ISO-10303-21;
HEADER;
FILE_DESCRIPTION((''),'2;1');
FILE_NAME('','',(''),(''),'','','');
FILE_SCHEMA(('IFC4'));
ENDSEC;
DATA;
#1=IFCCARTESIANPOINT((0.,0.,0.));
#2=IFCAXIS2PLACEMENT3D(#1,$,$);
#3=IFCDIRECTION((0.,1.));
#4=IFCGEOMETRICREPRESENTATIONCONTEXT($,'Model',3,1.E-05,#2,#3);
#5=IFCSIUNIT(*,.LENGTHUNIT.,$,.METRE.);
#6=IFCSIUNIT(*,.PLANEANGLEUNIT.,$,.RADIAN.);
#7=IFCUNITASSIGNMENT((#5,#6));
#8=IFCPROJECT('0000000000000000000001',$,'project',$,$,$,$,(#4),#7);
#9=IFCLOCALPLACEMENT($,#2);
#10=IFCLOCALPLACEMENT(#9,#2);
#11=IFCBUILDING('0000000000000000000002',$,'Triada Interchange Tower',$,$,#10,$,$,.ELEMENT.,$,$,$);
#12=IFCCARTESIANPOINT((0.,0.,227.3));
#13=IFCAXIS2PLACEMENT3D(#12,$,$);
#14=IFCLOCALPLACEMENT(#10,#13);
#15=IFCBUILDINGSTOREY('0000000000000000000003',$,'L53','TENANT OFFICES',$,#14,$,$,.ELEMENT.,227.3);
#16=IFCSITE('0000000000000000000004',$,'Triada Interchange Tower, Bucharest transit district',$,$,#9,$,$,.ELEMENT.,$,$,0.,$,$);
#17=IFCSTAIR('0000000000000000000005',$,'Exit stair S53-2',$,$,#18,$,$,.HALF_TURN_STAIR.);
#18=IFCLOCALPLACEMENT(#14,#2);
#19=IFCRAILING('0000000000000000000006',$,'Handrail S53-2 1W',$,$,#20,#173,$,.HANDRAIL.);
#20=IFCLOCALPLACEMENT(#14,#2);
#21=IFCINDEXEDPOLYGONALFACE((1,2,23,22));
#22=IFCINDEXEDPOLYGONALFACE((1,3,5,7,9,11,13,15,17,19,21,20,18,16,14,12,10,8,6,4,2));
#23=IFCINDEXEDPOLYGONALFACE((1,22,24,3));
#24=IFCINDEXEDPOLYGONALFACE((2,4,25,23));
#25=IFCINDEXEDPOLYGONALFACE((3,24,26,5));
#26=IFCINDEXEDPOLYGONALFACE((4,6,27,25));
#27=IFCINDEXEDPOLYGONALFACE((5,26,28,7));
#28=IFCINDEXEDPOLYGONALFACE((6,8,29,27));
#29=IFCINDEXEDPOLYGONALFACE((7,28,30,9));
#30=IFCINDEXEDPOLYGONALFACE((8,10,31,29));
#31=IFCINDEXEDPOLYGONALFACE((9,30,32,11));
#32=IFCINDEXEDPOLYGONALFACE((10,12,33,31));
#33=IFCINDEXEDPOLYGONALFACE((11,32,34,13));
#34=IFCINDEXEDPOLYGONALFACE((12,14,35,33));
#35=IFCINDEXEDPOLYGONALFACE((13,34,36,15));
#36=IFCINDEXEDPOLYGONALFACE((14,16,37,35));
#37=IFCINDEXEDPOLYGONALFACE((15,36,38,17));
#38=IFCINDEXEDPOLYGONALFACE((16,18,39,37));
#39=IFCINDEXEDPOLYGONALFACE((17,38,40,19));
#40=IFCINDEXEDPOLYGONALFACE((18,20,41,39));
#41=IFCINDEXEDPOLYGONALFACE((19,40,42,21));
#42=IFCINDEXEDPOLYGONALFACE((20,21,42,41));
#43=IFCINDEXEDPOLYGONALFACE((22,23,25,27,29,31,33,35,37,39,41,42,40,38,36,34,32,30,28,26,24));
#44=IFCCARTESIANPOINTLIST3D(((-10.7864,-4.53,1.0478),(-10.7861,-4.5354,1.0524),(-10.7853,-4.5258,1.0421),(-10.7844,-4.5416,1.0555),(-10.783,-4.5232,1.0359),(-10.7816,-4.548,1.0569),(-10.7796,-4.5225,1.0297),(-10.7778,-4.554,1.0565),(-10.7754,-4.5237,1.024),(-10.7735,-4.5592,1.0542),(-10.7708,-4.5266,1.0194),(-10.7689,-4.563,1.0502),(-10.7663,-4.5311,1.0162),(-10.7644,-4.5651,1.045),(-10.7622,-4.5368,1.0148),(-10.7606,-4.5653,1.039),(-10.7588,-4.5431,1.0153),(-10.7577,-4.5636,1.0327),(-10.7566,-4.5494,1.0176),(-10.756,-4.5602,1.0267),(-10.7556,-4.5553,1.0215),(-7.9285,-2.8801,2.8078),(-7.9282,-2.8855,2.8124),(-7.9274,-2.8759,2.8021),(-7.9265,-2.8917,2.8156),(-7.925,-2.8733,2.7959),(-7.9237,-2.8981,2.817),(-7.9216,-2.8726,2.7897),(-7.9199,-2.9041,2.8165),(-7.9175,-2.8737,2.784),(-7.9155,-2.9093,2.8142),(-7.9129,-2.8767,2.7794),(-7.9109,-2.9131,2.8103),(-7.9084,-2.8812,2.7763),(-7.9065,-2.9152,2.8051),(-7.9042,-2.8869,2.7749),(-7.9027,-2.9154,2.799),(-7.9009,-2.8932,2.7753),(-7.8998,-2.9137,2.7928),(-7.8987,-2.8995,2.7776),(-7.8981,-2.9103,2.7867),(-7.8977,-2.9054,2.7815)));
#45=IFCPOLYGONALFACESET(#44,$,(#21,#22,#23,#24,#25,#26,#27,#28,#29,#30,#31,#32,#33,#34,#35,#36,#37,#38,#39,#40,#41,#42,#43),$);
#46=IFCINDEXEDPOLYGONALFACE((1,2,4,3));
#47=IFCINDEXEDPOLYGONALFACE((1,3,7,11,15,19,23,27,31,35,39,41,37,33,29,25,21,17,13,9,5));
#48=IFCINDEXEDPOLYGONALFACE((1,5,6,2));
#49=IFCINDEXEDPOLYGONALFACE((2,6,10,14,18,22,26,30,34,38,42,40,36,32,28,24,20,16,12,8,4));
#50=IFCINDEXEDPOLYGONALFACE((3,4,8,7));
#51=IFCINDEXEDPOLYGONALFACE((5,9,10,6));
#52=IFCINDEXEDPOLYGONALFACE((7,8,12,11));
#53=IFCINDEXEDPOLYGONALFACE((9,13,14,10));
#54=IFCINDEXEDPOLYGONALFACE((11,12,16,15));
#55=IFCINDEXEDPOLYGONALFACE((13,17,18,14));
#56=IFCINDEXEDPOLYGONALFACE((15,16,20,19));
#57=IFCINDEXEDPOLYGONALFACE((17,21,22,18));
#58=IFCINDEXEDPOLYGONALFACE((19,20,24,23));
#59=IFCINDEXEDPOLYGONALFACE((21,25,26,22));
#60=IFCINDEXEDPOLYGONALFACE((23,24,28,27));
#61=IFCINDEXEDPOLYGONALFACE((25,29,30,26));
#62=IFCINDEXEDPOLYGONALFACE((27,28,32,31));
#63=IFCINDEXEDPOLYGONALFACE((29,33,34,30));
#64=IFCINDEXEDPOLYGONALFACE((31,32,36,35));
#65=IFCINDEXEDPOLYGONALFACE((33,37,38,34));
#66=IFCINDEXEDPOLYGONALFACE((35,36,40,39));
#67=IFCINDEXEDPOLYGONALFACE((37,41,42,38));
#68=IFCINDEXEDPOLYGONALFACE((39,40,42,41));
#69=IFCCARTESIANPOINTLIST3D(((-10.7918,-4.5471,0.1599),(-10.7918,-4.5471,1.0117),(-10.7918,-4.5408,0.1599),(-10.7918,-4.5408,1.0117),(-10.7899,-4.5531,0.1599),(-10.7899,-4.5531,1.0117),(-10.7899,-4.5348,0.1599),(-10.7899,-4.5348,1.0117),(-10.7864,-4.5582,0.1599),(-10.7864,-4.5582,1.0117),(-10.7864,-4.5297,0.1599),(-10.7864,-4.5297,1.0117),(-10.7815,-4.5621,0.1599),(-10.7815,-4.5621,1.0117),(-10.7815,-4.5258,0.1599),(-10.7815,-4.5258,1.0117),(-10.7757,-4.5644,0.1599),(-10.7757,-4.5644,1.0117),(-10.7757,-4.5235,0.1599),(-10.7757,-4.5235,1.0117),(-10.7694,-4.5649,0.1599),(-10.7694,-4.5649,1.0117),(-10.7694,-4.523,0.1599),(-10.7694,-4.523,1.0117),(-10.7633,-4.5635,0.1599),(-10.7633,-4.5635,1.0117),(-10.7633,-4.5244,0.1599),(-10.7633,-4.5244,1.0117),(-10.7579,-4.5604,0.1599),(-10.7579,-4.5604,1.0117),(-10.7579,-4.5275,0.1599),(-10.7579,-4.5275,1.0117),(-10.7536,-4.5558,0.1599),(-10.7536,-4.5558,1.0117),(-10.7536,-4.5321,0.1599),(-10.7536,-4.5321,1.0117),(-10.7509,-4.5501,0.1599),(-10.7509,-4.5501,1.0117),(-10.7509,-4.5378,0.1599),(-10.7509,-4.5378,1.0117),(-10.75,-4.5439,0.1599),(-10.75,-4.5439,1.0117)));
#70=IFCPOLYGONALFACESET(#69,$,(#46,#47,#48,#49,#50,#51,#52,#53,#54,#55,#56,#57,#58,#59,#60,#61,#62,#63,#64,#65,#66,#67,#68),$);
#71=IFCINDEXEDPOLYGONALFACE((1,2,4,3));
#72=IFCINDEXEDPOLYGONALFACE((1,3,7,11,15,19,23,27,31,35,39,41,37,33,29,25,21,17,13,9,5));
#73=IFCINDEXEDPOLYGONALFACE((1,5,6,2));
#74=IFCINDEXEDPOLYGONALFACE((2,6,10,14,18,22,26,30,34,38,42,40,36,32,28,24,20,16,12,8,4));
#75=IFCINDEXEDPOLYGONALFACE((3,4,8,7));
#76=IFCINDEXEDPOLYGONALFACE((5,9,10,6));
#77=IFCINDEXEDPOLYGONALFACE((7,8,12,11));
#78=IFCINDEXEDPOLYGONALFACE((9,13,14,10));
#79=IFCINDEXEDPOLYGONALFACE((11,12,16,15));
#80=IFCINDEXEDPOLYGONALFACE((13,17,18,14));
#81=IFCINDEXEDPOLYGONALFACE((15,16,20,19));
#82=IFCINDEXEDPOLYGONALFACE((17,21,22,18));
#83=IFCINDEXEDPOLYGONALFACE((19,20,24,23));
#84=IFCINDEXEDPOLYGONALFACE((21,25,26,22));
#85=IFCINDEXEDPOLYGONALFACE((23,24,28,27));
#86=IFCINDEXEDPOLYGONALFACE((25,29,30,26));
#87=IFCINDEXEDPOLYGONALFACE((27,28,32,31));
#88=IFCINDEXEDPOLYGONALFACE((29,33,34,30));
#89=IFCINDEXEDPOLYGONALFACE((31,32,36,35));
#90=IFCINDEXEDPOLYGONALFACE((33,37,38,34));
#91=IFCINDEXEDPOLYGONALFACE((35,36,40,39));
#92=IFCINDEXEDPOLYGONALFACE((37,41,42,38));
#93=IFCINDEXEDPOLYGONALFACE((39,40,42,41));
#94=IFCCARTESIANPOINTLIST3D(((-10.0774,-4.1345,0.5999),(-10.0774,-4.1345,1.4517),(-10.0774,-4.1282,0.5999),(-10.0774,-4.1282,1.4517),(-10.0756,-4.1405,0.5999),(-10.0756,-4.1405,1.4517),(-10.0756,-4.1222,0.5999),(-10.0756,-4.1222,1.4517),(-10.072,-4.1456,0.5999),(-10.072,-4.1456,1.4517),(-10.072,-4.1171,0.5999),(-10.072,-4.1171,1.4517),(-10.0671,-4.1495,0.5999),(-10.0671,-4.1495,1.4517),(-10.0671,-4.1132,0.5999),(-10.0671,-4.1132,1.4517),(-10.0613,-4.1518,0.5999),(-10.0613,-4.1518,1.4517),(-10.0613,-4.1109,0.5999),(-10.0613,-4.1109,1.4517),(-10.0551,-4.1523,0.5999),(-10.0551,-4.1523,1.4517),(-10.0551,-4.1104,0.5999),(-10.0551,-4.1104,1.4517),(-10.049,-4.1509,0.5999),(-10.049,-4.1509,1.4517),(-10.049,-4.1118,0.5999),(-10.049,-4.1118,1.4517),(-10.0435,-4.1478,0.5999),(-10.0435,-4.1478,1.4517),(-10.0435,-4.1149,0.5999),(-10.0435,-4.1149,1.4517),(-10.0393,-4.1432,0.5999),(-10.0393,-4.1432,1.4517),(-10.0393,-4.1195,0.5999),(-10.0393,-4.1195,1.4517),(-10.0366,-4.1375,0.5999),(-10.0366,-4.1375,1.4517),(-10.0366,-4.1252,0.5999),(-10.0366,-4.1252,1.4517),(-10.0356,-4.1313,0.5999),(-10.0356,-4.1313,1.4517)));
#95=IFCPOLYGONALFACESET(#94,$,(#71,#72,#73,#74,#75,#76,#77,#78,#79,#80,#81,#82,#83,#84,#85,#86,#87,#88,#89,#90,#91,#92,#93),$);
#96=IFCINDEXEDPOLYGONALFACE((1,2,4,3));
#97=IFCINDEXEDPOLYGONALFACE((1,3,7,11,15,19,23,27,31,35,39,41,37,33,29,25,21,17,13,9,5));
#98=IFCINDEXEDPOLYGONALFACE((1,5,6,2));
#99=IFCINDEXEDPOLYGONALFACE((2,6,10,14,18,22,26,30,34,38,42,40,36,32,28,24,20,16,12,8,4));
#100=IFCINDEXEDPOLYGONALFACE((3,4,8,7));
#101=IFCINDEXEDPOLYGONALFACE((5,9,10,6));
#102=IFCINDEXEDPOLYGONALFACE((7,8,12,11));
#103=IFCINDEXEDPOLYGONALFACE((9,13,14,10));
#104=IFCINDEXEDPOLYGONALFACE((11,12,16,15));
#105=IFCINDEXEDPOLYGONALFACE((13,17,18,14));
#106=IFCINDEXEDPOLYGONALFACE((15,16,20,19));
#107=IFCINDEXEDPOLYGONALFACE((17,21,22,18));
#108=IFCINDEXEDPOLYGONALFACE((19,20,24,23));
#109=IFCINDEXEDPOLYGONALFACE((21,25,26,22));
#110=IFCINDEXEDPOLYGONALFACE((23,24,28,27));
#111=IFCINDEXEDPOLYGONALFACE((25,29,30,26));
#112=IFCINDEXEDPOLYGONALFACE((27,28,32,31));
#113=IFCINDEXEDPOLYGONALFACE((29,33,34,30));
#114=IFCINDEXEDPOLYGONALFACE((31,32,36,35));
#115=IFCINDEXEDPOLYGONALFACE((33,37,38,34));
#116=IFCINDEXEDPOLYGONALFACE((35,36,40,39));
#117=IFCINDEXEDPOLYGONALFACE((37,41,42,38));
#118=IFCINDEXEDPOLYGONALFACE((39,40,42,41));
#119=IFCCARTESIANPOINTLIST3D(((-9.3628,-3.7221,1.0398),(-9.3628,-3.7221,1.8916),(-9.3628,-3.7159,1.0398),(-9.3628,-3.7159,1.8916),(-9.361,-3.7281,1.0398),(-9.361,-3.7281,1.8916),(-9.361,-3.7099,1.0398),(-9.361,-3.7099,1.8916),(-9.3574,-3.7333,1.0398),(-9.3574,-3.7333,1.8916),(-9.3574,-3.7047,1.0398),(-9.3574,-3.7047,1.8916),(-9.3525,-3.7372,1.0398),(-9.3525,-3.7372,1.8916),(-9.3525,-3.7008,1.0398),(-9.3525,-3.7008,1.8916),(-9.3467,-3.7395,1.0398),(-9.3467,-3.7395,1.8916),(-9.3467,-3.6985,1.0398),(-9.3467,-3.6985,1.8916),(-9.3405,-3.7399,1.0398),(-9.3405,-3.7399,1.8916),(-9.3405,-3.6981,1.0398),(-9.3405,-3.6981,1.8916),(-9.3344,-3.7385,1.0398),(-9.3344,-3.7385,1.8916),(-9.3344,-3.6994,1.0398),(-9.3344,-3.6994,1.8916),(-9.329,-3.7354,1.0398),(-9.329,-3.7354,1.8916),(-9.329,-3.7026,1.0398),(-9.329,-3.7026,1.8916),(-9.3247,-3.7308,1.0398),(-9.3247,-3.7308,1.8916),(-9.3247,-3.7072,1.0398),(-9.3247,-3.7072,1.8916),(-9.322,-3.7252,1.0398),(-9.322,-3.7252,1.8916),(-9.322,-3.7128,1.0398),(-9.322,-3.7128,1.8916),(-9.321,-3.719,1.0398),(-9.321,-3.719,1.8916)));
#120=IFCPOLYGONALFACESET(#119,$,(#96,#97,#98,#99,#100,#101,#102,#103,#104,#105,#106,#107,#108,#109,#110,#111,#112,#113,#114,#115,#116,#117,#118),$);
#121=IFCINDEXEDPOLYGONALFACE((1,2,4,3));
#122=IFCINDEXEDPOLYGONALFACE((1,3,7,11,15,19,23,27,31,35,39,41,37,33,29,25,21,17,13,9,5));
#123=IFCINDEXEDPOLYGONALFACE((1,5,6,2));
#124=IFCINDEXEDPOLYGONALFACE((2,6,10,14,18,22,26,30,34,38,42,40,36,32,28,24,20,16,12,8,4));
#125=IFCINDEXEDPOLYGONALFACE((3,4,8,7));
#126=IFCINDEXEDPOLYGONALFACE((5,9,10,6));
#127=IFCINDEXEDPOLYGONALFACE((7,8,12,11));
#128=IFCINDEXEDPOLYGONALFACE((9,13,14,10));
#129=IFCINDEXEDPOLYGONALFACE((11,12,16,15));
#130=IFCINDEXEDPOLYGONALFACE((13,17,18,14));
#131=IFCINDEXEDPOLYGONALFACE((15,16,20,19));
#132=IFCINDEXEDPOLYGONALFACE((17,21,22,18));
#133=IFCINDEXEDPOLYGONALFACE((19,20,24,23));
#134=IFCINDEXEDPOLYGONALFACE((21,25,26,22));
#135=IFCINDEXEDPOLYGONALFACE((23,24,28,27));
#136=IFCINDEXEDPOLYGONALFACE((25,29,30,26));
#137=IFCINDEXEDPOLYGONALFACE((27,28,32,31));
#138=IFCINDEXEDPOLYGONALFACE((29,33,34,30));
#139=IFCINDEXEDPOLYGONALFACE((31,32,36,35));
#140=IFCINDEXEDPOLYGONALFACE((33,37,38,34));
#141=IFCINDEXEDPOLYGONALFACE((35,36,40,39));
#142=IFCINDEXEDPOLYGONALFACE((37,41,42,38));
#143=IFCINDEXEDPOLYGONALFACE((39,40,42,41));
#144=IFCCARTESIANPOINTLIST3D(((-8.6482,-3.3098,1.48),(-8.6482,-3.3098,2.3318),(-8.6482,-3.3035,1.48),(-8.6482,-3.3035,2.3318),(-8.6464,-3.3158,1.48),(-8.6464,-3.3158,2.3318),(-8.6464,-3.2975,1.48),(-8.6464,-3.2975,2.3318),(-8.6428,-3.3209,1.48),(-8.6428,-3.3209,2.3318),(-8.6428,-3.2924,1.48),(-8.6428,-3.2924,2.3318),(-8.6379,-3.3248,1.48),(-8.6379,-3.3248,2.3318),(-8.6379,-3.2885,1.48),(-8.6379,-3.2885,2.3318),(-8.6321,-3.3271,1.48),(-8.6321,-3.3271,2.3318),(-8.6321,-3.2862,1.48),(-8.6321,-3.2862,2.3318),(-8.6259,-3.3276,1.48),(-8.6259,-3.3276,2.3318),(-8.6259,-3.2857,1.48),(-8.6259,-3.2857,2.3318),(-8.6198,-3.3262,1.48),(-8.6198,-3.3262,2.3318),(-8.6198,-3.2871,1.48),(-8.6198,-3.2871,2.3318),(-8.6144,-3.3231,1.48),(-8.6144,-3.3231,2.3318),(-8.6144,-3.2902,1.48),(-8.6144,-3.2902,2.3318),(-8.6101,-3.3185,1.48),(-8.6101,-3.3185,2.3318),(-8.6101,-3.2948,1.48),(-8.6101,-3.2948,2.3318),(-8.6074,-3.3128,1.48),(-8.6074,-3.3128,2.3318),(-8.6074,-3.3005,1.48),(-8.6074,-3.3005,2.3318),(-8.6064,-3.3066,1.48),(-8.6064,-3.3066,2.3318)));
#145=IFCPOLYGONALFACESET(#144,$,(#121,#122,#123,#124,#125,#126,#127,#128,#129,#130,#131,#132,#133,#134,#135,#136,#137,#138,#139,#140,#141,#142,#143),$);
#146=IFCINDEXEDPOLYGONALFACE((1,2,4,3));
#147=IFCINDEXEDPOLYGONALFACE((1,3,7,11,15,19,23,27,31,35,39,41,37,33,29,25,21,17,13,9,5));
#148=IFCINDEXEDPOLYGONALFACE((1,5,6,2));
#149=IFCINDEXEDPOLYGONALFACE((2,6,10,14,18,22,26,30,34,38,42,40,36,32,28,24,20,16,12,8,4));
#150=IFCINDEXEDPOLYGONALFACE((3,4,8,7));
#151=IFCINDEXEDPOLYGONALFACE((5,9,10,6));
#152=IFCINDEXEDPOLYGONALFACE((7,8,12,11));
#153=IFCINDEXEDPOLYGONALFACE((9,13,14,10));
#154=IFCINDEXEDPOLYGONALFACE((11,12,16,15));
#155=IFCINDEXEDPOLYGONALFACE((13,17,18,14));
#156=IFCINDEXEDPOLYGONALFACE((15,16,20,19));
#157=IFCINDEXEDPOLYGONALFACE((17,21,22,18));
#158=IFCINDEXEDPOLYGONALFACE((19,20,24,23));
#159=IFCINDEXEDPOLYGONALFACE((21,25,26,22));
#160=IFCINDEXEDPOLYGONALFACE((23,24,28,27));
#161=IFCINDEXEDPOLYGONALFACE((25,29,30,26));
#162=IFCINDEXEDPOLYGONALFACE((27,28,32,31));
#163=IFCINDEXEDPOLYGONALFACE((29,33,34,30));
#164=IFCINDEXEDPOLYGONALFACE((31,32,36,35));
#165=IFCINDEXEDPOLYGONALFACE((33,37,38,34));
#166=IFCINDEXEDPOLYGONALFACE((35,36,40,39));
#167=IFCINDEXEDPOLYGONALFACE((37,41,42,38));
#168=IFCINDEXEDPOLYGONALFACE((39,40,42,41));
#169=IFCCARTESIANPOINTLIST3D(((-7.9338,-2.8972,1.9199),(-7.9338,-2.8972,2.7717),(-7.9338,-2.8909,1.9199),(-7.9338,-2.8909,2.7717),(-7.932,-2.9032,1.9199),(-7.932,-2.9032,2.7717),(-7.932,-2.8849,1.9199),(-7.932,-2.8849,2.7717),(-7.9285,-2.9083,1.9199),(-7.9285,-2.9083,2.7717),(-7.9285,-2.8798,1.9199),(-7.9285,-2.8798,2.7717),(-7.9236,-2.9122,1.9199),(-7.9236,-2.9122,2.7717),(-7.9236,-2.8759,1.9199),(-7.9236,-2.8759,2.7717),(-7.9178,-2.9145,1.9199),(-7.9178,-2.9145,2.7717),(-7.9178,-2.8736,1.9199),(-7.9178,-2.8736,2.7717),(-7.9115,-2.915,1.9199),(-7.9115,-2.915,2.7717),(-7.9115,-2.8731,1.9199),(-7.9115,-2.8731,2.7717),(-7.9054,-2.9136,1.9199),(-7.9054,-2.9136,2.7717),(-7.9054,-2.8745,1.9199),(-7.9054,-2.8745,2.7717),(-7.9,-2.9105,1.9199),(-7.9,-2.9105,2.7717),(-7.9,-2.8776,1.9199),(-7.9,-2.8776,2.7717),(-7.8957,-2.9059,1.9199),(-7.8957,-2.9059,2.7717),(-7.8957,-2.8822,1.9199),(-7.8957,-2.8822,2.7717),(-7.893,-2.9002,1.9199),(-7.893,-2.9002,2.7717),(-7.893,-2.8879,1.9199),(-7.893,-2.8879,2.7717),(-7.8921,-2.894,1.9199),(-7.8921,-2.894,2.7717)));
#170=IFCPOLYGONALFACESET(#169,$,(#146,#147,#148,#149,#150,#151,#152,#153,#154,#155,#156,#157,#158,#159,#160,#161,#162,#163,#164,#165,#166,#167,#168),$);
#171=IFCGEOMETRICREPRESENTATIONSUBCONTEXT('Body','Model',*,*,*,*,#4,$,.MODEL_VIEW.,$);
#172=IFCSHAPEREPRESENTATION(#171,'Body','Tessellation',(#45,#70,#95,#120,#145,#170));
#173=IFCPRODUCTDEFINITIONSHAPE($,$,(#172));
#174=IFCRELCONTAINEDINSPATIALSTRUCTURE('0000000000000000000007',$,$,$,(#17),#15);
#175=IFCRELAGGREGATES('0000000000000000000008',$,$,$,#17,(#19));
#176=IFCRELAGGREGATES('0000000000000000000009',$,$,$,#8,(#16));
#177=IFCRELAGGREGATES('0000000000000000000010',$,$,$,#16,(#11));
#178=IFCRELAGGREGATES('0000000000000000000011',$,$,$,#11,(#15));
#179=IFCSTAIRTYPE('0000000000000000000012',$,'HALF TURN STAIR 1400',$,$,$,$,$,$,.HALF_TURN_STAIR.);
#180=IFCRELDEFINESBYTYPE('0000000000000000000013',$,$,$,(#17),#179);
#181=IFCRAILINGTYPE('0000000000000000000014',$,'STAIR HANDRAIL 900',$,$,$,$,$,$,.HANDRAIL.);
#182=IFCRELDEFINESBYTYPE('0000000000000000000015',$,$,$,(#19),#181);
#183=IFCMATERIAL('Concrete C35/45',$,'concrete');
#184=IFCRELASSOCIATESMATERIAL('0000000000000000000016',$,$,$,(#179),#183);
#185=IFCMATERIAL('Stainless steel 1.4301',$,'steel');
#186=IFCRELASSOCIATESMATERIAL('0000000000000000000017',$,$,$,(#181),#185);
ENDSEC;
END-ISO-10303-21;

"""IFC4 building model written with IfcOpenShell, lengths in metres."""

from ifc_helpers import new_model, si_unit, direction, frame, origin, origin_2d, place, context, subcontext, project, spatial, circle, extrude, material, type_object, element, aggregate, save


model = new_model("IFC4")

# Units and contexts
model_context = context("Model", 3, precision=1e-05, world=origin(), true_north=direction((0.0, 1.0)))
body_context = subcontext(model_context, "Body", "Model", "MODEL_VIEW")
ifc_project = project(units=[si_unit("LENGTHUNIT", "METRE"), si_unit("PLANEANGLEUNIT", "RADIAN")], contexts=[model_context])

# Site, building, storey
site_placement = place(None, origin())
site = spatial("IfcSite", under=ifc_project, at=site_placement, Name="Triada Interchange Tower, Bucharest transit district", CompositionType="ELEMENT", RefElevation=0.0)
building_placement = place(site_placement, origin())
building = spatial("IfcBuilding", under=site, at=building_placement, Name="Triada Interchange Tower", CompositionType="ELEMENT")
storey_placement = place(building_placement, frame((0.0, 0.0, 227.3)))
storey = spatial("IfcBuildingStorey", under=building, at=storey_placement, Name="L53", Description="TENANT OFFICES", CompositionType="ELEMENT", Elevation=227.3)

# Stair
ifc_material_1 = material(Name="Concrete C35/45", Category="concrete")
stair_type = type_object("IfcStairType", Name="HALF TURN STAIR 1400", PredefinedType="HALF_TURN_STAIR", material=ifc_material_1)
stair_placement = place(storey_placement, origin())
stair = element("IfcStair", 1, at=stair_placement, inside=storey, type_object=stair_type, Name="Exit stair S53-2", PredefinedType="HALF_TURN_STAIR")

# Railing
ifc_material_2 = material(Name="Stainless steel 1.4301", Category="steel")
railing_type = type_object("IfcRailingType", Name="STAIR HANDRAIL 900", PredefinedType="HANDRAIL", material=ifc_material_2)
railing_1_placement = place(storey_placement, frame((-10.771, -4.5439, 0.1599)))
railing_1 = element("IfcRailing", 2, at=railing_1_placement, type_object=railing_type, Name="Handrail S53-2 1W", PredefinedType="HANDRAIL", context=body_context, shape_type="SweptSolid", body=[
    extrude(circle(Radius=0.0239, at=origin_2d()), frame((0.0, 0.0, 0.876), z_axis=(0.764151, 0.441153, 0.470593), x_axis=(-0.499974, 0.86604, 0.0)), (0.0, 0.0, 1.0), 3.74),
    extrude(circle(Radius=0.021, at=origin_2d()), origin(), (0.0, 0.0, 1.0), 0.8518),
    extrude(circle(Radius=0.021, at=origin_2d()), frame((0.7144, 0.4126, 0.4399)), (0.0, 0.0, 1.0), 0.8518),
    extrude(circle(Radius=0.021, at=origin_2d()), frame((1.429, 0.825, 0.8799)), (0.0, 0.0, 1.0), 0.8518),
    extrude(circle(Radius=0.021, at=origin_2d()), frame((2.1436, 1.2373, 1.3201)), (0.0, 0.0, 1.0), 0.8518),
    extrude(circle(Radius=0.021, at=origin_2d()), frame((2.8579, 1.6499, 1.76)), (0.0, 0.0, 1.0), 0.8518),
])
aggregate(stair, [railing_1])

save(model, "model.ifc")
